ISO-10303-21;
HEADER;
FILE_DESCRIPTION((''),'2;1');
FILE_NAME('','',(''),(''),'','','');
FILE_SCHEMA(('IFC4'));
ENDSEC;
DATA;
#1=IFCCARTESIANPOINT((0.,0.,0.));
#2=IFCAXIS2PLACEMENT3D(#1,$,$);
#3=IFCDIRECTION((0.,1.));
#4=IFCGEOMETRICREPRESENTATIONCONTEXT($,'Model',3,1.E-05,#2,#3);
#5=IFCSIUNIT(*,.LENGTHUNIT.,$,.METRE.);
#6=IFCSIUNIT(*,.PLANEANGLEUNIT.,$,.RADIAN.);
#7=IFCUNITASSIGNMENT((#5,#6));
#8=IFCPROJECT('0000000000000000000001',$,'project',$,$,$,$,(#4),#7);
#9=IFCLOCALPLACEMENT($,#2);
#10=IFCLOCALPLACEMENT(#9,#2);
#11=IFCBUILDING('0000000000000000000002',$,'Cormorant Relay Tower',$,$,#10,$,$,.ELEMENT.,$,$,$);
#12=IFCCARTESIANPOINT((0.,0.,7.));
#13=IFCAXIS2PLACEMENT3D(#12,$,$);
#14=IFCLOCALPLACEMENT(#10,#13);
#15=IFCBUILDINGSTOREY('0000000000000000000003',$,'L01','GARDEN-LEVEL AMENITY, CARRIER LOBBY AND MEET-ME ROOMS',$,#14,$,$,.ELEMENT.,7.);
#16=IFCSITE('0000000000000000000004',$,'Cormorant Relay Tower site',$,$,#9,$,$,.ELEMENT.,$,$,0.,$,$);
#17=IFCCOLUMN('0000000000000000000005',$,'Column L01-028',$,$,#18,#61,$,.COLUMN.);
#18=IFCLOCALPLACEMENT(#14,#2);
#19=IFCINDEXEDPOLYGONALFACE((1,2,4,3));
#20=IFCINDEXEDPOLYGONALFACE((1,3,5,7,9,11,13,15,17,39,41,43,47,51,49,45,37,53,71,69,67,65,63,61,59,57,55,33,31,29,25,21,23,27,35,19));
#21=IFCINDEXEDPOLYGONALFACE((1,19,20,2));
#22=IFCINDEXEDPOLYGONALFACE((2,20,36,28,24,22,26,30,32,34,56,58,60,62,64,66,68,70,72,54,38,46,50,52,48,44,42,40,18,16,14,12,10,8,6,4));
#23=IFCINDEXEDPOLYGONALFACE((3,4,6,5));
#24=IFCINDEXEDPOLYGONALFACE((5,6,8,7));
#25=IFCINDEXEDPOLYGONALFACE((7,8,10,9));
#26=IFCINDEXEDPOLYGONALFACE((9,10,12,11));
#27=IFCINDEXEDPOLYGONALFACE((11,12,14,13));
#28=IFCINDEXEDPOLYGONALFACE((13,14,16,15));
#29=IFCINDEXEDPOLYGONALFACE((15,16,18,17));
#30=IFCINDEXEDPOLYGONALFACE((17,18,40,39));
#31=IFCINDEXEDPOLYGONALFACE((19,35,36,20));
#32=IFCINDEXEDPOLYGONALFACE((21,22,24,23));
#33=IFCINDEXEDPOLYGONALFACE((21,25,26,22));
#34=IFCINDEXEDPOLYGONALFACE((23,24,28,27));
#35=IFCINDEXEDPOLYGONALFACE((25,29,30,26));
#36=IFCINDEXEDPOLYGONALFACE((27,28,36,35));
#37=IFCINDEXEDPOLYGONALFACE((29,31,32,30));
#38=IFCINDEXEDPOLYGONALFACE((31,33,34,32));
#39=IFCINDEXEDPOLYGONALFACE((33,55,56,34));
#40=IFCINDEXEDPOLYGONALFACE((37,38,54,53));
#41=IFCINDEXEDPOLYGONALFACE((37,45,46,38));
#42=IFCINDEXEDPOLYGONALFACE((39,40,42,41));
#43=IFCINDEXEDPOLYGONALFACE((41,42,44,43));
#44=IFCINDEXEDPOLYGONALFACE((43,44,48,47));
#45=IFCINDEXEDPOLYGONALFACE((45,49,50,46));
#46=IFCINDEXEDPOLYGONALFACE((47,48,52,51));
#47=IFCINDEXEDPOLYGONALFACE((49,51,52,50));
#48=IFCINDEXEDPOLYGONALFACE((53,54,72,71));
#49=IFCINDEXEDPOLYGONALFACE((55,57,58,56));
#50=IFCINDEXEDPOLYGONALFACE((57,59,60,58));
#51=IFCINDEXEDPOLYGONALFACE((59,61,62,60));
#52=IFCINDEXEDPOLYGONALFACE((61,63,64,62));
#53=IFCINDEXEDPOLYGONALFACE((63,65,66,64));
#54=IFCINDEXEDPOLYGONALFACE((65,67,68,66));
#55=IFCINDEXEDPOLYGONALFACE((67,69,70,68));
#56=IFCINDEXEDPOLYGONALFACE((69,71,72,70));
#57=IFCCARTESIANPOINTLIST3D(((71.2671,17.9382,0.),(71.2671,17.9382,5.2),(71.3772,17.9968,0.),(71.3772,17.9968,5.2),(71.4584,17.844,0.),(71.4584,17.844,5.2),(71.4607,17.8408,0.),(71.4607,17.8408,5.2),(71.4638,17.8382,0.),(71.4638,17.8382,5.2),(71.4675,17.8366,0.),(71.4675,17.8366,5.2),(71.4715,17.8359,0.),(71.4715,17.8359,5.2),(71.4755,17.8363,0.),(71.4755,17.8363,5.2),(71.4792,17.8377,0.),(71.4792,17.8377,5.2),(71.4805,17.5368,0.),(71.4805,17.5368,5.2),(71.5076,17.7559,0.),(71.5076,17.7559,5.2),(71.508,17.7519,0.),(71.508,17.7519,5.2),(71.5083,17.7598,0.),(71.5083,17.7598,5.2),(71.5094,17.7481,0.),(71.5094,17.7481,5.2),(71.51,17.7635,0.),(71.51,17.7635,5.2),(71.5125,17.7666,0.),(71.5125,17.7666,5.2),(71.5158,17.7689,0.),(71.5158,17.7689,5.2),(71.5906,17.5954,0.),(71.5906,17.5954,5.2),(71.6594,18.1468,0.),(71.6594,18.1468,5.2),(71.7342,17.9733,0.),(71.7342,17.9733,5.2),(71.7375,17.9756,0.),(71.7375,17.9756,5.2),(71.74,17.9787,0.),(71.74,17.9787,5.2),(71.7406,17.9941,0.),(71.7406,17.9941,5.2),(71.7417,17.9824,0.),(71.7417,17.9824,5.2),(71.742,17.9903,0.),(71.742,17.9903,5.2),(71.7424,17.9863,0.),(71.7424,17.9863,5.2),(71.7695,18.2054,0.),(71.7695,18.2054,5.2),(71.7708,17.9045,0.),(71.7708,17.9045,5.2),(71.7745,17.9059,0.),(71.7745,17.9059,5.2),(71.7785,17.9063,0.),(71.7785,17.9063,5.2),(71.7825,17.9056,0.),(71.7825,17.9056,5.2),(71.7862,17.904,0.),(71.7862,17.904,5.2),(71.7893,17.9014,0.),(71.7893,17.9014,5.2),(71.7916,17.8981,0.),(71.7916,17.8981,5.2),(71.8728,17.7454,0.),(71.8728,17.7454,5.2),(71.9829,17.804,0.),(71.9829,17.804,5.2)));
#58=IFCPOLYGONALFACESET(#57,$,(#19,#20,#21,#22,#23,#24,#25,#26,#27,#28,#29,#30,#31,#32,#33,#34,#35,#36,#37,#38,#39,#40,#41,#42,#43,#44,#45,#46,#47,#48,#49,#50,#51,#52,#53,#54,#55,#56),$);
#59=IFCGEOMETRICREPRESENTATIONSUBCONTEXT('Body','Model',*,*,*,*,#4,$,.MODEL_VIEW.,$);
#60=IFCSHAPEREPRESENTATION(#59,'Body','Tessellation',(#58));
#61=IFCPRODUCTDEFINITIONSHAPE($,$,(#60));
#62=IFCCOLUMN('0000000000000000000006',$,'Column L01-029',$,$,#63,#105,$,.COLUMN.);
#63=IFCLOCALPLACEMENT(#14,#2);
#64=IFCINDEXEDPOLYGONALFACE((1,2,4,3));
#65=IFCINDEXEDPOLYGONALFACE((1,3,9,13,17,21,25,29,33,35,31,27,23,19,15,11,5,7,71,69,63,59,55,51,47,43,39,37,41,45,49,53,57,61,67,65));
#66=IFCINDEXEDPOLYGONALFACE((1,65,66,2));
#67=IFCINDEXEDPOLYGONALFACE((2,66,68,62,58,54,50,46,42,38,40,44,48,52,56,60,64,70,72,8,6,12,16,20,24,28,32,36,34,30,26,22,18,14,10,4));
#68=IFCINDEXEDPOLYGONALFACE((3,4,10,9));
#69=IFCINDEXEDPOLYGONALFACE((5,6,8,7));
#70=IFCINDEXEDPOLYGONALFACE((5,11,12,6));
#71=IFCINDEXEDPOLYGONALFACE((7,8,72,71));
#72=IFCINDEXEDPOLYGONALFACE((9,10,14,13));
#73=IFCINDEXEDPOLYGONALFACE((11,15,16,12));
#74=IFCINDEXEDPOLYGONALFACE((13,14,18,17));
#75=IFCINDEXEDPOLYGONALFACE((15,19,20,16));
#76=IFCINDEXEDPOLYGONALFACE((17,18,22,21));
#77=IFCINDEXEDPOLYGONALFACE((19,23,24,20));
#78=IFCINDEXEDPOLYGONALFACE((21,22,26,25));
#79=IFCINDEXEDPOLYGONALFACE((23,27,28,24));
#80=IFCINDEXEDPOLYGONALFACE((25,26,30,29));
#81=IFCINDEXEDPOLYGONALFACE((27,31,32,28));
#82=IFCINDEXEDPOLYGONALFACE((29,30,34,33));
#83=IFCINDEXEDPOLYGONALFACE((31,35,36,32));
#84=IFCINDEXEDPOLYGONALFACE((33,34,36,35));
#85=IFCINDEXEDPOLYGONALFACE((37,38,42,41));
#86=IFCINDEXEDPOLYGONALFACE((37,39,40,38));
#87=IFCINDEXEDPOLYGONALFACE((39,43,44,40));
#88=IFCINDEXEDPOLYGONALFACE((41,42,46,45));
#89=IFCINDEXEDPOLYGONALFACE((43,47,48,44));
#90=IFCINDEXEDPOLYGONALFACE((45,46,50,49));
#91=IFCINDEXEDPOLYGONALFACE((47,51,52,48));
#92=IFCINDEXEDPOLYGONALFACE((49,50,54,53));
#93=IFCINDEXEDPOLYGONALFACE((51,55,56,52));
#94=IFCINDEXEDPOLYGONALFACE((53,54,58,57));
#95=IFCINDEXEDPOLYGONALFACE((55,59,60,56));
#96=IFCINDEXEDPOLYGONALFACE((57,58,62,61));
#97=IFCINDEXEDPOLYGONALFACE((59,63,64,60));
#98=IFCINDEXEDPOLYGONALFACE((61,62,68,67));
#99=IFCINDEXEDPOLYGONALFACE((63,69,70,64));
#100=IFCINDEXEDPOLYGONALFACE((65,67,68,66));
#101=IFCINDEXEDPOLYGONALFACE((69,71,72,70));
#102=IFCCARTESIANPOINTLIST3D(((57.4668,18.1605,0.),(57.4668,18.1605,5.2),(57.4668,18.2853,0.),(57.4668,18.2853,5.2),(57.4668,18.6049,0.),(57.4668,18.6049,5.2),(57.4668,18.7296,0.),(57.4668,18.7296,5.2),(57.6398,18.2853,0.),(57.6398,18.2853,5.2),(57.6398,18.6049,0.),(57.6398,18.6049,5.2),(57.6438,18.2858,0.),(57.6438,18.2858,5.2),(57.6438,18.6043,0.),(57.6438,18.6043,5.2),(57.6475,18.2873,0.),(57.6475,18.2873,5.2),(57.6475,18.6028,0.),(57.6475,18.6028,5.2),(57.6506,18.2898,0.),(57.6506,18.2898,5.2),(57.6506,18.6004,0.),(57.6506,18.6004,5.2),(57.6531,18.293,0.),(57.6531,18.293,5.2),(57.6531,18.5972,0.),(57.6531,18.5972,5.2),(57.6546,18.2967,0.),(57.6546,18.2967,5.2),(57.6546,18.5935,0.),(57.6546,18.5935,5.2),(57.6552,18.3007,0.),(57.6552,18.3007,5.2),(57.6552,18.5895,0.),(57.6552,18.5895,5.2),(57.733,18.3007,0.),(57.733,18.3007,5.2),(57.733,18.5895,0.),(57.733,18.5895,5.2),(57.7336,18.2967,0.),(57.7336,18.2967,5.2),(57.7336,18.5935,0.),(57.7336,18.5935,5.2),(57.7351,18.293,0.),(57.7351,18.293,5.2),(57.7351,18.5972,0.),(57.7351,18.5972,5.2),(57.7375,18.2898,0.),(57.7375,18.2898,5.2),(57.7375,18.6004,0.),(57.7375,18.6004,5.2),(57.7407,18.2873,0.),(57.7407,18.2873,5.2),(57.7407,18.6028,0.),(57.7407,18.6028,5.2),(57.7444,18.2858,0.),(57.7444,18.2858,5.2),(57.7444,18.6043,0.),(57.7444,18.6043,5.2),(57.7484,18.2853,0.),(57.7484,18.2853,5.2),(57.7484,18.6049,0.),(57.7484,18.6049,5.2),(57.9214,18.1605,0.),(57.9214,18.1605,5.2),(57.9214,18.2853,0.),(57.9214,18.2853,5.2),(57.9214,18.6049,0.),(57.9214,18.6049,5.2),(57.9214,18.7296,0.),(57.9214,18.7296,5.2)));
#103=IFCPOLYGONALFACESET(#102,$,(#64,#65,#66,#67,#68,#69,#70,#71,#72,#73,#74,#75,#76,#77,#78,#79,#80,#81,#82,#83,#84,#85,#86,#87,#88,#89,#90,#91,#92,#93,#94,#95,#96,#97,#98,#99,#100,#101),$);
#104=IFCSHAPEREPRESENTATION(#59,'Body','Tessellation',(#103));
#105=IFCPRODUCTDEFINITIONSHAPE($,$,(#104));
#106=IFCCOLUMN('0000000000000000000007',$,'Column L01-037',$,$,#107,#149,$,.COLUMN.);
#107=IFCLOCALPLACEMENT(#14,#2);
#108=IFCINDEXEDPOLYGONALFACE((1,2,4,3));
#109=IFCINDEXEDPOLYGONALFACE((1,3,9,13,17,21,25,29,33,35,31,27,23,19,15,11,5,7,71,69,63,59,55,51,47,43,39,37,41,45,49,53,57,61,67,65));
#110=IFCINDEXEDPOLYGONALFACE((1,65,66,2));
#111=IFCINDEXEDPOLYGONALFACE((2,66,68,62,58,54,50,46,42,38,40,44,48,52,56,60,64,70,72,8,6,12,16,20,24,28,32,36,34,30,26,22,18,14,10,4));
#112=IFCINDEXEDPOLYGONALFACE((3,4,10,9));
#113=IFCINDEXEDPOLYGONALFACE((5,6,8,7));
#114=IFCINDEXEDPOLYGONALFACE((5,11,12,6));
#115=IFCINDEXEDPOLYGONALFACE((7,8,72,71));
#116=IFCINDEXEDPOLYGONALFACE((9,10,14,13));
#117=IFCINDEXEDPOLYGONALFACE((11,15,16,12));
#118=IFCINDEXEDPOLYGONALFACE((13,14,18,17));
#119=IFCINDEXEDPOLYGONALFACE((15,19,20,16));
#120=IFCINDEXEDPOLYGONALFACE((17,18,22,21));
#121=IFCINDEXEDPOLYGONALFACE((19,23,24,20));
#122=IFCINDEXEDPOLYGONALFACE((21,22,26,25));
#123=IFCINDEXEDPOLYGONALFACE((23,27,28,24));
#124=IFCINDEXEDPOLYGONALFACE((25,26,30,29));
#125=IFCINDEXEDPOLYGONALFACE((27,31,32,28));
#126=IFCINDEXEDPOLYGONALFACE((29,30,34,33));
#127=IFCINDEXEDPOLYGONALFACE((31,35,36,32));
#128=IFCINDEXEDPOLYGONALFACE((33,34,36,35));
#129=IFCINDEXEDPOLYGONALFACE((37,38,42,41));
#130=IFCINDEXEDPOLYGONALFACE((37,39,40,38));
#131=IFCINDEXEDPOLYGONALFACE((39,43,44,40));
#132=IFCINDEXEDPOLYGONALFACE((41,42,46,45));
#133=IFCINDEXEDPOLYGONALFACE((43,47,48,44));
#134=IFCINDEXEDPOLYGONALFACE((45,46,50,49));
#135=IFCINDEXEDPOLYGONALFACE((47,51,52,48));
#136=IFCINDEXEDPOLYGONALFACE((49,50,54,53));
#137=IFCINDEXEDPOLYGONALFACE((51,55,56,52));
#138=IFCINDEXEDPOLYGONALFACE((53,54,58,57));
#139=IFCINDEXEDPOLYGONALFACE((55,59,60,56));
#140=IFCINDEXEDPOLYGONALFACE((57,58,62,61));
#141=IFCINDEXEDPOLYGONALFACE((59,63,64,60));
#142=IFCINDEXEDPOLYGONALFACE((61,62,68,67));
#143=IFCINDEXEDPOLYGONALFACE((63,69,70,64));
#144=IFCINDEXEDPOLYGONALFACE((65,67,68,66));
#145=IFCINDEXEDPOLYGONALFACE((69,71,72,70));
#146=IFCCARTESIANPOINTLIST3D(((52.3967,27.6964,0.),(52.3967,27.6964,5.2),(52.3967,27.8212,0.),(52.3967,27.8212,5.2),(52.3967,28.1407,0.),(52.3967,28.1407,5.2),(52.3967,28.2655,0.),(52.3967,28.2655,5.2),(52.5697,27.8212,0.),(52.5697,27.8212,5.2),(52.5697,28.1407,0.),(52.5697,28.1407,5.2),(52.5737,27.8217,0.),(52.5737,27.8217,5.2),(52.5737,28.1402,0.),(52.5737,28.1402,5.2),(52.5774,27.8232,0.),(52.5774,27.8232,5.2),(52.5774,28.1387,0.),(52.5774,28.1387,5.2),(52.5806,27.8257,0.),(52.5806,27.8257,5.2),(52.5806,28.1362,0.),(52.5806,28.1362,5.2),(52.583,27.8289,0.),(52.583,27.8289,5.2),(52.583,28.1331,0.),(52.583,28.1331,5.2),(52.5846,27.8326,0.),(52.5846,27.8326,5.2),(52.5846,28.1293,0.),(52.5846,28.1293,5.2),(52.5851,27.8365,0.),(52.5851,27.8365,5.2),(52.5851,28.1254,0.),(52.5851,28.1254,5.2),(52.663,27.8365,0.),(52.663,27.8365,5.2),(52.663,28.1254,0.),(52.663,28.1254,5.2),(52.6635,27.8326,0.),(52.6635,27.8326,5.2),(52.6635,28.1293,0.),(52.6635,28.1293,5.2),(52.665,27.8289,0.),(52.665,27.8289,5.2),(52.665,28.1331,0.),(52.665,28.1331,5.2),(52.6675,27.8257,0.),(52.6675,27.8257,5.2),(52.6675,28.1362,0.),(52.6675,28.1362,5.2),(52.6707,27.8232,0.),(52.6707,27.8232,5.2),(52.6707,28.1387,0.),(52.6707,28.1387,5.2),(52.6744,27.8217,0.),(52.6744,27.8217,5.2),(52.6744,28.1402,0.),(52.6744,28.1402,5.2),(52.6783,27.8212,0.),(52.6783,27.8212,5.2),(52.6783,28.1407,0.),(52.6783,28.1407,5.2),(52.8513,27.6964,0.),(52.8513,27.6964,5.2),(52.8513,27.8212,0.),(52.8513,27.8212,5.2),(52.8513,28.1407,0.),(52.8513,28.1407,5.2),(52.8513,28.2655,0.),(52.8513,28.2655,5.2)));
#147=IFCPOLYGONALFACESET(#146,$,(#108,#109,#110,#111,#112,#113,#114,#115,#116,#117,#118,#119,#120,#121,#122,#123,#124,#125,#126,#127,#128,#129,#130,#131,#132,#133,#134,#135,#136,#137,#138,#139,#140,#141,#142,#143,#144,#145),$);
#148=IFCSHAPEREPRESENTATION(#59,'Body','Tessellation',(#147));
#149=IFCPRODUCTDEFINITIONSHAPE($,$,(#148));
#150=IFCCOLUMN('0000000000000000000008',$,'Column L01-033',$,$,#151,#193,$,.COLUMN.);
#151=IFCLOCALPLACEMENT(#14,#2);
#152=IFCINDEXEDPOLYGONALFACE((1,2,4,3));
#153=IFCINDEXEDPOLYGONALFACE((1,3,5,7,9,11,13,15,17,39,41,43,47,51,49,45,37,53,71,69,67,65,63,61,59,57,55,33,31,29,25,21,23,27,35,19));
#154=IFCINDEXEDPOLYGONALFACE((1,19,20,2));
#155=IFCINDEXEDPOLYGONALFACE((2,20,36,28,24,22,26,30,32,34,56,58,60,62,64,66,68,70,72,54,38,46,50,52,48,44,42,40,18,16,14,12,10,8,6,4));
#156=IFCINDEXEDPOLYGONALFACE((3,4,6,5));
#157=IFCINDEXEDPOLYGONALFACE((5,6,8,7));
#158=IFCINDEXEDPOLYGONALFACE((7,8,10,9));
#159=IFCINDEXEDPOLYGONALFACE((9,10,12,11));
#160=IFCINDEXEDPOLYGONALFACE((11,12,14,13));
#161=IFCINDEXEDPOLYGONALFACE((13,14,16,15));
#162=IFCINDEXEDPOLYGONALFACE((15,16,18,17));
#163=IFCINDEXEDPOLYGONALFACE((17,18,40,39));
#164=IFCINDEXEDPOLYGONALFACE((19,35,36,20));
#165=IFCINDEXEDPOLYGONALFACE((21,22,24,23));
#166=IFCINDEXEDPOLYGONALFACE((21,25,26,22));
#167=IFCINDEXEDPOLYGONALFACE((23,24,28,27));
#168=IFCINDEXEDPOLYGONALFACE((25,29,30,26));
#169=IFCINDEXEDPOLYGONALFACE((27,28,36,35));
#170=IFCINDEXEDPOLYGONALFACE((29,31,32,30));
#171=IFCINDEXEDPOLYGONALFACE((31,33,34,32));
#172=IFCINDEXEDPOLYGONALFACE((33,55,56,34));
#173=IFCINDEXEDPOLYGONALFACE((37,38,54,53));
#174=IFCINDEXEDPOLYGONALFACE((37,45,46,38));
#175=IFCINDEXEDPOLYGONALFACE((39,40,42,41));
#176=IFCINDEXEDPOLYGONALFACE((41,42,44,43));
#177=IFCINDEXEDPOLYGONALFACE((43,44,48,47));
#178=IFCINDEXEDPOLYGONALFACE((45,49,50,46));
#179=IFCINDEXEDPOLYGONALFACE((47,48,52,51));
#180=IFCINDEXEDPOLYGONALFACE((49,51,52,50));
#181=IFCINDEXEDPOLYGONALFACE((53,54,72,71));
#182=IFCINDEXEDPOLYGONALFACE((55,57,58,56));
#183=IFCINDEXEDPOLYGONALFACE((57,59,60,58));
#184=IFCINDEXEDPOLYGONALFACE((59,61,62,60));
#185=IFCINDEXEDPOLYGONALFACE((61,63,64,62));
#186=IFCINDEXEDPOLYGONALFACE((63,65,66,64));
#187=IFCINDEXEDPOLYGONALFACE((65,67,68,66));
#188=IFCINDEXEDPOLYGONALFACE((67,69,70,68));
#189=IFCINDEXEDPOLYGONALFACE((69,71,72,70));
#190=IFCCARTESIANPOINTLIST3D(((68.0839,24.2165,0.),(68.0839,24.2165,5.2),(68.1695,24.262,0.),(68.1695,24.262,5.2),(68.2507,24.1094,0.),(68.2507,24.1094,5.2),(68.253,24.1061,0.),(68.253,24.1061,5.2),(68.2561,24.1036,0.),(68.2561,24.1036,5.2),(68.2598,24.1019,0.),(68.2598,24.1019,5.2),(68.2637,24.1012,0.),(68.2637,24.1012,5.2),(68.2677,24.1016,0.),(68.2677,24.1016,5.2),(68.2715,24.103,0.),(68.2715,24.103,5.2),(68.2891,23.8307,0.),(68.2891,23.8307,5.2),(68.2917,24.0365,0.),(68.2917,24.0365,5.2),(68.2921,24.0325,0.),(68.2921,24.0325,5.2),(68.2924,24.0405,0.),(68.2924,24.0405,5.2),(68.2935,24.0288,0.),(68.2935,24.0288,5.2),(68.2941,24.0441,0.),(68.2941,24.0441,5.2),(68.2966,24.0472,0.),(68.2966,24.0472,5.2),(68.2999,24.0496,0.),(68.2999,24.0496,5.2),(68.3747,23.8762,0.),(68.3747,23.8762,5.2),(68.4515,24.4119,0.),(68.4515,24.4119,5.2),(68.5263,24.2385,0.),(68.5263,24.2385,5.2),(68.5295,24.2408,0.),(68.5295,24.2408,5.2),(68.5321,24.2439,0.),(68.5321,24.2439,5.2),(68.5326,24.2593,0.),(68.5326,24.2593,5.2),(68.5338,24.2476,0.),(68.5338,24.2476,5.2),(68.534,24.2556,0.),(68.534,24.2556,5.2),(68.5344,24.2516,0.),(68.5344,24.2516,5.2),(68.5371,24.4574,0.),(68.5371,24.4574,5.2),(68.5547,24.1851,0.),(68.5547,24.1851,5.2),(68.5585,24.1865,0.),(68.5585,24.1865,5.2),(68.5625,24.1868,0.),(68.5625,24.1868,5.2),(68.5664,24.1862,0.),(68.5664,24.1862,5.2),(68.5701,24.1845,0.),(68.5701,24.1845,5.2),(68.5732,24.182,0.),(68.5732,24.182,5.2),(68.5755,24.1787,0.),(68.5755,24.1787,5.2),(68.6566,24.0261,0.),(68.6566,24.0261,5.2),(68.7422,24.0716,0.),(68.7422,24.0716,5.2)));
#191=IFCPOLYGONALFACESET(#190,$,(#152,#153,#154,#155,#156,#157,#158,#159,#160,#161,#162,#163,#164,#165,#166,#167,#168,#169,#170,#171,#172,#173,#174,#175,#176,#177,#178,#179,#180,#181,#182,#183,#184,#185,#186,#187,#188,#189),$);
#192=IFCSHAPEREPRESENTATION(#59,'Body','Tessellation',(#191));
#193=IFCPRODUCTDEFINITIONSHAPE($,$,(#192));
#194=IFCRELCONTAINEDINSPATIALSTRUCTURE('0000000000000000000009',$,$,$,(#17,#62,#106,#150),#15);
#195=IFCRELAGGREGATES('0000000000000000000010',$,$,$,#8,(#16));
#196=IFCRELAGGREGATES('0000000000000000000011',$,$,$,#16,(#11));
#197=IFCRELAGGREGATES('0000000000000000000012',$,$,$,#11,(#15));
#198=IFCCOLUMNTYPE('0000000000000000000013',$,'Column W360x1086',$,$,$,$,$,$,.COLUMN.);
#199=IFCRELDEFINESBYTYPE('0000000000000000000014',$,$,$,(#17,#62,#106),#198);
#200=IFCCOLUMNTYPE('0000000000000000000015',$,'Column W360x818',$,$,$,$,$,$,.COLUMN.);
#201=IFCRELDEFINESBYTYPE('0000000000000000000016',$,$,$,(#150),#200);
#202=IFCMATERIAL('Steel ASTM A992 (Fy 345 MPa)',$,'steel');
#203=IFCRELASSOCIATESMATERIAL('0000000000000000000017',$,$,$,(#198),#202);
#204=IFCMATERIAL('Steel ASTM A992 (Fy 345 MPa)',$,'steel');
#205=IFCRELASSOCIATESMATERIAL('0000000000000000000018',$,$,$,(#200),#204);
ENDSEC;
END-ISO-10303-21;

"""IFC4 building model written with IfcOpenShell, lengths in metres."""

from ifc_helpers import new_model, si_unit, direction, frame, origin, origin_2d, place, context, subcontext, project, spatial, i_section, extrude, material, material_profile, profile_set, type_object, element, save


model = new_model("IFC4")

# Units and contexts
model_context = context("Model", 3, precision=1e-05, world=origin(), true_north=direction((0.0, 1.0)))
body_context = subcontext(model_context, "Body", "Model", "MODEL_VIEW")
ifc_project = project(units=[si_unit("LENGTHUNIT", "METRE"), si_unit("PLANEANGLEUNIT", "RADIAN")], contexts=[model_context])

# Site, building, storey
site_placement = place(None, origin())
site = spatial("IfcSite", under=ifc_project, at=site_placement, Name="Cormorant Relay Tower site", CompositionType="ELEMENT", RefElevation=0.0)
building_placement = place(site_placement, origin())
building = spatial("IfcBuilding", under=site, at=building_placement, Name="Cormorant Relay Tower", CompositionType="ELEMENT")
storey_placement = place(building_placement, frame((0.0, 0.0, 7.0)))
storey = spatial("IfcBuildingStorey", under=building, at=storey_placement, Name="L01", Description="GARDEN-LEVEL AMENITY, CARRIER LOBBY AND MEET-ME ROOMS", CompositionType="ELEMENT", Elevation=7.0)

# Columns
ifc_material_1 = material(Name="Steel ASTM A992 (Fy 345 MPa)", Category="steel")
ifc_material_profile_1 = material_profile(ifc_material_1, i_section(OverallWidth=0.4546, OverallDepth=0.5691, WebThickness=0.0779, FlangeThickness=0.1248, FilletRadius=0.0154, at=origin_2d()), Name="W360x1086")
ifc_profile_set_1 = profile_set([ifc_material_profile_1], Name="Steel ASTM A992 (Fy 345 MPa)")
column_type_1 = type_object("IfcColumnType", Name="Column W360x1086", PredefinedType="COLUMN", material=ifc_profile_set_1)
for number, where, z_axis, x_axis, name in (
    (1, (71.625, 17.8711, 0.0), (0.0, 0.0, 1.0), (-0.469472, 0.882948, 0.0), "Column L01-028"),
    (2, (57.6941, 18.4451, 0.0), (0.0, 0.0, 1.0), (1.0, 0.0, 0.0), "Column L01-029"),
    (3, (52.624, 27.981, 0.0), (0.0, 0.0, 1.0), (1.0, 0.0, 0.0), "Column L01-037"),
):
    element("IfcColumn", number, at=place(storey_placement, frame(where, z_axis=z_axis, x_axis=x_axis)), inside=storey, type_object=column_type_1, Name=name, PredefinedType="COLUMN", context=body_context, shape_type="SweptSolid", body=[
        extrude(i_section(OverallWidth=0.4546, OverallDepth=0.5691, WebThickness=0.0779, FlangeThickness=0.1248, FilletRadius=0.0154, at=origin_2d()), origin(), (0.0, 0.0, 1.0), 5.2),
    ])
ifc_material_2 = material(Name="Steel ASTM A992 (Fy 345 MPa)", Category="steel")
ifc_material_profile_2 = material_profile(ifc_material_2, i_section(OverallWidth=0.437, OverallDepth=0.5132, WebThickness=0.0605, FlangeThickness=0.0969, FilletRadius=0.0154, at=origin_2d()), Name="W360x818")
ifc_profile_set_2 = profile_set([ifc_material_profile_2], Name="Steel ASTM A992 (Fy 345 MPa)")
column_type_2 = type_object("IfcColumnType", Name="Column W360x818", PredefinedType="COLUMN", material=ifc_profile_set_2)
for number, where, z_axis, x_axis, name in (
    (4, (68.4131, 24.144, 0.0), (0.0, 0.0, 1.0), (-0.469472, 0.882948, 0.0), "Column L01-033"),
):
    element("IfcColumn", number, at=place(storey_placement, frame(where, z_axis=z_axis, x_axis=x_axis)), inside=storey, type_object=column_type_2, Name=name, PredefinedType="COLUMN", context=body_context, shape_type="SweptSolid", body=[
        extrude(i_section(OverallWidth=0.437, OverallDepth=0.5132, WebThickness=0.0605, FlangeThickness=0.0969, FilletRadius=0.0154, at=origin_2d()), origin(), (0.0, 0.0, 1.0), 5.2),
    ])

save(model, "model.ifc")
